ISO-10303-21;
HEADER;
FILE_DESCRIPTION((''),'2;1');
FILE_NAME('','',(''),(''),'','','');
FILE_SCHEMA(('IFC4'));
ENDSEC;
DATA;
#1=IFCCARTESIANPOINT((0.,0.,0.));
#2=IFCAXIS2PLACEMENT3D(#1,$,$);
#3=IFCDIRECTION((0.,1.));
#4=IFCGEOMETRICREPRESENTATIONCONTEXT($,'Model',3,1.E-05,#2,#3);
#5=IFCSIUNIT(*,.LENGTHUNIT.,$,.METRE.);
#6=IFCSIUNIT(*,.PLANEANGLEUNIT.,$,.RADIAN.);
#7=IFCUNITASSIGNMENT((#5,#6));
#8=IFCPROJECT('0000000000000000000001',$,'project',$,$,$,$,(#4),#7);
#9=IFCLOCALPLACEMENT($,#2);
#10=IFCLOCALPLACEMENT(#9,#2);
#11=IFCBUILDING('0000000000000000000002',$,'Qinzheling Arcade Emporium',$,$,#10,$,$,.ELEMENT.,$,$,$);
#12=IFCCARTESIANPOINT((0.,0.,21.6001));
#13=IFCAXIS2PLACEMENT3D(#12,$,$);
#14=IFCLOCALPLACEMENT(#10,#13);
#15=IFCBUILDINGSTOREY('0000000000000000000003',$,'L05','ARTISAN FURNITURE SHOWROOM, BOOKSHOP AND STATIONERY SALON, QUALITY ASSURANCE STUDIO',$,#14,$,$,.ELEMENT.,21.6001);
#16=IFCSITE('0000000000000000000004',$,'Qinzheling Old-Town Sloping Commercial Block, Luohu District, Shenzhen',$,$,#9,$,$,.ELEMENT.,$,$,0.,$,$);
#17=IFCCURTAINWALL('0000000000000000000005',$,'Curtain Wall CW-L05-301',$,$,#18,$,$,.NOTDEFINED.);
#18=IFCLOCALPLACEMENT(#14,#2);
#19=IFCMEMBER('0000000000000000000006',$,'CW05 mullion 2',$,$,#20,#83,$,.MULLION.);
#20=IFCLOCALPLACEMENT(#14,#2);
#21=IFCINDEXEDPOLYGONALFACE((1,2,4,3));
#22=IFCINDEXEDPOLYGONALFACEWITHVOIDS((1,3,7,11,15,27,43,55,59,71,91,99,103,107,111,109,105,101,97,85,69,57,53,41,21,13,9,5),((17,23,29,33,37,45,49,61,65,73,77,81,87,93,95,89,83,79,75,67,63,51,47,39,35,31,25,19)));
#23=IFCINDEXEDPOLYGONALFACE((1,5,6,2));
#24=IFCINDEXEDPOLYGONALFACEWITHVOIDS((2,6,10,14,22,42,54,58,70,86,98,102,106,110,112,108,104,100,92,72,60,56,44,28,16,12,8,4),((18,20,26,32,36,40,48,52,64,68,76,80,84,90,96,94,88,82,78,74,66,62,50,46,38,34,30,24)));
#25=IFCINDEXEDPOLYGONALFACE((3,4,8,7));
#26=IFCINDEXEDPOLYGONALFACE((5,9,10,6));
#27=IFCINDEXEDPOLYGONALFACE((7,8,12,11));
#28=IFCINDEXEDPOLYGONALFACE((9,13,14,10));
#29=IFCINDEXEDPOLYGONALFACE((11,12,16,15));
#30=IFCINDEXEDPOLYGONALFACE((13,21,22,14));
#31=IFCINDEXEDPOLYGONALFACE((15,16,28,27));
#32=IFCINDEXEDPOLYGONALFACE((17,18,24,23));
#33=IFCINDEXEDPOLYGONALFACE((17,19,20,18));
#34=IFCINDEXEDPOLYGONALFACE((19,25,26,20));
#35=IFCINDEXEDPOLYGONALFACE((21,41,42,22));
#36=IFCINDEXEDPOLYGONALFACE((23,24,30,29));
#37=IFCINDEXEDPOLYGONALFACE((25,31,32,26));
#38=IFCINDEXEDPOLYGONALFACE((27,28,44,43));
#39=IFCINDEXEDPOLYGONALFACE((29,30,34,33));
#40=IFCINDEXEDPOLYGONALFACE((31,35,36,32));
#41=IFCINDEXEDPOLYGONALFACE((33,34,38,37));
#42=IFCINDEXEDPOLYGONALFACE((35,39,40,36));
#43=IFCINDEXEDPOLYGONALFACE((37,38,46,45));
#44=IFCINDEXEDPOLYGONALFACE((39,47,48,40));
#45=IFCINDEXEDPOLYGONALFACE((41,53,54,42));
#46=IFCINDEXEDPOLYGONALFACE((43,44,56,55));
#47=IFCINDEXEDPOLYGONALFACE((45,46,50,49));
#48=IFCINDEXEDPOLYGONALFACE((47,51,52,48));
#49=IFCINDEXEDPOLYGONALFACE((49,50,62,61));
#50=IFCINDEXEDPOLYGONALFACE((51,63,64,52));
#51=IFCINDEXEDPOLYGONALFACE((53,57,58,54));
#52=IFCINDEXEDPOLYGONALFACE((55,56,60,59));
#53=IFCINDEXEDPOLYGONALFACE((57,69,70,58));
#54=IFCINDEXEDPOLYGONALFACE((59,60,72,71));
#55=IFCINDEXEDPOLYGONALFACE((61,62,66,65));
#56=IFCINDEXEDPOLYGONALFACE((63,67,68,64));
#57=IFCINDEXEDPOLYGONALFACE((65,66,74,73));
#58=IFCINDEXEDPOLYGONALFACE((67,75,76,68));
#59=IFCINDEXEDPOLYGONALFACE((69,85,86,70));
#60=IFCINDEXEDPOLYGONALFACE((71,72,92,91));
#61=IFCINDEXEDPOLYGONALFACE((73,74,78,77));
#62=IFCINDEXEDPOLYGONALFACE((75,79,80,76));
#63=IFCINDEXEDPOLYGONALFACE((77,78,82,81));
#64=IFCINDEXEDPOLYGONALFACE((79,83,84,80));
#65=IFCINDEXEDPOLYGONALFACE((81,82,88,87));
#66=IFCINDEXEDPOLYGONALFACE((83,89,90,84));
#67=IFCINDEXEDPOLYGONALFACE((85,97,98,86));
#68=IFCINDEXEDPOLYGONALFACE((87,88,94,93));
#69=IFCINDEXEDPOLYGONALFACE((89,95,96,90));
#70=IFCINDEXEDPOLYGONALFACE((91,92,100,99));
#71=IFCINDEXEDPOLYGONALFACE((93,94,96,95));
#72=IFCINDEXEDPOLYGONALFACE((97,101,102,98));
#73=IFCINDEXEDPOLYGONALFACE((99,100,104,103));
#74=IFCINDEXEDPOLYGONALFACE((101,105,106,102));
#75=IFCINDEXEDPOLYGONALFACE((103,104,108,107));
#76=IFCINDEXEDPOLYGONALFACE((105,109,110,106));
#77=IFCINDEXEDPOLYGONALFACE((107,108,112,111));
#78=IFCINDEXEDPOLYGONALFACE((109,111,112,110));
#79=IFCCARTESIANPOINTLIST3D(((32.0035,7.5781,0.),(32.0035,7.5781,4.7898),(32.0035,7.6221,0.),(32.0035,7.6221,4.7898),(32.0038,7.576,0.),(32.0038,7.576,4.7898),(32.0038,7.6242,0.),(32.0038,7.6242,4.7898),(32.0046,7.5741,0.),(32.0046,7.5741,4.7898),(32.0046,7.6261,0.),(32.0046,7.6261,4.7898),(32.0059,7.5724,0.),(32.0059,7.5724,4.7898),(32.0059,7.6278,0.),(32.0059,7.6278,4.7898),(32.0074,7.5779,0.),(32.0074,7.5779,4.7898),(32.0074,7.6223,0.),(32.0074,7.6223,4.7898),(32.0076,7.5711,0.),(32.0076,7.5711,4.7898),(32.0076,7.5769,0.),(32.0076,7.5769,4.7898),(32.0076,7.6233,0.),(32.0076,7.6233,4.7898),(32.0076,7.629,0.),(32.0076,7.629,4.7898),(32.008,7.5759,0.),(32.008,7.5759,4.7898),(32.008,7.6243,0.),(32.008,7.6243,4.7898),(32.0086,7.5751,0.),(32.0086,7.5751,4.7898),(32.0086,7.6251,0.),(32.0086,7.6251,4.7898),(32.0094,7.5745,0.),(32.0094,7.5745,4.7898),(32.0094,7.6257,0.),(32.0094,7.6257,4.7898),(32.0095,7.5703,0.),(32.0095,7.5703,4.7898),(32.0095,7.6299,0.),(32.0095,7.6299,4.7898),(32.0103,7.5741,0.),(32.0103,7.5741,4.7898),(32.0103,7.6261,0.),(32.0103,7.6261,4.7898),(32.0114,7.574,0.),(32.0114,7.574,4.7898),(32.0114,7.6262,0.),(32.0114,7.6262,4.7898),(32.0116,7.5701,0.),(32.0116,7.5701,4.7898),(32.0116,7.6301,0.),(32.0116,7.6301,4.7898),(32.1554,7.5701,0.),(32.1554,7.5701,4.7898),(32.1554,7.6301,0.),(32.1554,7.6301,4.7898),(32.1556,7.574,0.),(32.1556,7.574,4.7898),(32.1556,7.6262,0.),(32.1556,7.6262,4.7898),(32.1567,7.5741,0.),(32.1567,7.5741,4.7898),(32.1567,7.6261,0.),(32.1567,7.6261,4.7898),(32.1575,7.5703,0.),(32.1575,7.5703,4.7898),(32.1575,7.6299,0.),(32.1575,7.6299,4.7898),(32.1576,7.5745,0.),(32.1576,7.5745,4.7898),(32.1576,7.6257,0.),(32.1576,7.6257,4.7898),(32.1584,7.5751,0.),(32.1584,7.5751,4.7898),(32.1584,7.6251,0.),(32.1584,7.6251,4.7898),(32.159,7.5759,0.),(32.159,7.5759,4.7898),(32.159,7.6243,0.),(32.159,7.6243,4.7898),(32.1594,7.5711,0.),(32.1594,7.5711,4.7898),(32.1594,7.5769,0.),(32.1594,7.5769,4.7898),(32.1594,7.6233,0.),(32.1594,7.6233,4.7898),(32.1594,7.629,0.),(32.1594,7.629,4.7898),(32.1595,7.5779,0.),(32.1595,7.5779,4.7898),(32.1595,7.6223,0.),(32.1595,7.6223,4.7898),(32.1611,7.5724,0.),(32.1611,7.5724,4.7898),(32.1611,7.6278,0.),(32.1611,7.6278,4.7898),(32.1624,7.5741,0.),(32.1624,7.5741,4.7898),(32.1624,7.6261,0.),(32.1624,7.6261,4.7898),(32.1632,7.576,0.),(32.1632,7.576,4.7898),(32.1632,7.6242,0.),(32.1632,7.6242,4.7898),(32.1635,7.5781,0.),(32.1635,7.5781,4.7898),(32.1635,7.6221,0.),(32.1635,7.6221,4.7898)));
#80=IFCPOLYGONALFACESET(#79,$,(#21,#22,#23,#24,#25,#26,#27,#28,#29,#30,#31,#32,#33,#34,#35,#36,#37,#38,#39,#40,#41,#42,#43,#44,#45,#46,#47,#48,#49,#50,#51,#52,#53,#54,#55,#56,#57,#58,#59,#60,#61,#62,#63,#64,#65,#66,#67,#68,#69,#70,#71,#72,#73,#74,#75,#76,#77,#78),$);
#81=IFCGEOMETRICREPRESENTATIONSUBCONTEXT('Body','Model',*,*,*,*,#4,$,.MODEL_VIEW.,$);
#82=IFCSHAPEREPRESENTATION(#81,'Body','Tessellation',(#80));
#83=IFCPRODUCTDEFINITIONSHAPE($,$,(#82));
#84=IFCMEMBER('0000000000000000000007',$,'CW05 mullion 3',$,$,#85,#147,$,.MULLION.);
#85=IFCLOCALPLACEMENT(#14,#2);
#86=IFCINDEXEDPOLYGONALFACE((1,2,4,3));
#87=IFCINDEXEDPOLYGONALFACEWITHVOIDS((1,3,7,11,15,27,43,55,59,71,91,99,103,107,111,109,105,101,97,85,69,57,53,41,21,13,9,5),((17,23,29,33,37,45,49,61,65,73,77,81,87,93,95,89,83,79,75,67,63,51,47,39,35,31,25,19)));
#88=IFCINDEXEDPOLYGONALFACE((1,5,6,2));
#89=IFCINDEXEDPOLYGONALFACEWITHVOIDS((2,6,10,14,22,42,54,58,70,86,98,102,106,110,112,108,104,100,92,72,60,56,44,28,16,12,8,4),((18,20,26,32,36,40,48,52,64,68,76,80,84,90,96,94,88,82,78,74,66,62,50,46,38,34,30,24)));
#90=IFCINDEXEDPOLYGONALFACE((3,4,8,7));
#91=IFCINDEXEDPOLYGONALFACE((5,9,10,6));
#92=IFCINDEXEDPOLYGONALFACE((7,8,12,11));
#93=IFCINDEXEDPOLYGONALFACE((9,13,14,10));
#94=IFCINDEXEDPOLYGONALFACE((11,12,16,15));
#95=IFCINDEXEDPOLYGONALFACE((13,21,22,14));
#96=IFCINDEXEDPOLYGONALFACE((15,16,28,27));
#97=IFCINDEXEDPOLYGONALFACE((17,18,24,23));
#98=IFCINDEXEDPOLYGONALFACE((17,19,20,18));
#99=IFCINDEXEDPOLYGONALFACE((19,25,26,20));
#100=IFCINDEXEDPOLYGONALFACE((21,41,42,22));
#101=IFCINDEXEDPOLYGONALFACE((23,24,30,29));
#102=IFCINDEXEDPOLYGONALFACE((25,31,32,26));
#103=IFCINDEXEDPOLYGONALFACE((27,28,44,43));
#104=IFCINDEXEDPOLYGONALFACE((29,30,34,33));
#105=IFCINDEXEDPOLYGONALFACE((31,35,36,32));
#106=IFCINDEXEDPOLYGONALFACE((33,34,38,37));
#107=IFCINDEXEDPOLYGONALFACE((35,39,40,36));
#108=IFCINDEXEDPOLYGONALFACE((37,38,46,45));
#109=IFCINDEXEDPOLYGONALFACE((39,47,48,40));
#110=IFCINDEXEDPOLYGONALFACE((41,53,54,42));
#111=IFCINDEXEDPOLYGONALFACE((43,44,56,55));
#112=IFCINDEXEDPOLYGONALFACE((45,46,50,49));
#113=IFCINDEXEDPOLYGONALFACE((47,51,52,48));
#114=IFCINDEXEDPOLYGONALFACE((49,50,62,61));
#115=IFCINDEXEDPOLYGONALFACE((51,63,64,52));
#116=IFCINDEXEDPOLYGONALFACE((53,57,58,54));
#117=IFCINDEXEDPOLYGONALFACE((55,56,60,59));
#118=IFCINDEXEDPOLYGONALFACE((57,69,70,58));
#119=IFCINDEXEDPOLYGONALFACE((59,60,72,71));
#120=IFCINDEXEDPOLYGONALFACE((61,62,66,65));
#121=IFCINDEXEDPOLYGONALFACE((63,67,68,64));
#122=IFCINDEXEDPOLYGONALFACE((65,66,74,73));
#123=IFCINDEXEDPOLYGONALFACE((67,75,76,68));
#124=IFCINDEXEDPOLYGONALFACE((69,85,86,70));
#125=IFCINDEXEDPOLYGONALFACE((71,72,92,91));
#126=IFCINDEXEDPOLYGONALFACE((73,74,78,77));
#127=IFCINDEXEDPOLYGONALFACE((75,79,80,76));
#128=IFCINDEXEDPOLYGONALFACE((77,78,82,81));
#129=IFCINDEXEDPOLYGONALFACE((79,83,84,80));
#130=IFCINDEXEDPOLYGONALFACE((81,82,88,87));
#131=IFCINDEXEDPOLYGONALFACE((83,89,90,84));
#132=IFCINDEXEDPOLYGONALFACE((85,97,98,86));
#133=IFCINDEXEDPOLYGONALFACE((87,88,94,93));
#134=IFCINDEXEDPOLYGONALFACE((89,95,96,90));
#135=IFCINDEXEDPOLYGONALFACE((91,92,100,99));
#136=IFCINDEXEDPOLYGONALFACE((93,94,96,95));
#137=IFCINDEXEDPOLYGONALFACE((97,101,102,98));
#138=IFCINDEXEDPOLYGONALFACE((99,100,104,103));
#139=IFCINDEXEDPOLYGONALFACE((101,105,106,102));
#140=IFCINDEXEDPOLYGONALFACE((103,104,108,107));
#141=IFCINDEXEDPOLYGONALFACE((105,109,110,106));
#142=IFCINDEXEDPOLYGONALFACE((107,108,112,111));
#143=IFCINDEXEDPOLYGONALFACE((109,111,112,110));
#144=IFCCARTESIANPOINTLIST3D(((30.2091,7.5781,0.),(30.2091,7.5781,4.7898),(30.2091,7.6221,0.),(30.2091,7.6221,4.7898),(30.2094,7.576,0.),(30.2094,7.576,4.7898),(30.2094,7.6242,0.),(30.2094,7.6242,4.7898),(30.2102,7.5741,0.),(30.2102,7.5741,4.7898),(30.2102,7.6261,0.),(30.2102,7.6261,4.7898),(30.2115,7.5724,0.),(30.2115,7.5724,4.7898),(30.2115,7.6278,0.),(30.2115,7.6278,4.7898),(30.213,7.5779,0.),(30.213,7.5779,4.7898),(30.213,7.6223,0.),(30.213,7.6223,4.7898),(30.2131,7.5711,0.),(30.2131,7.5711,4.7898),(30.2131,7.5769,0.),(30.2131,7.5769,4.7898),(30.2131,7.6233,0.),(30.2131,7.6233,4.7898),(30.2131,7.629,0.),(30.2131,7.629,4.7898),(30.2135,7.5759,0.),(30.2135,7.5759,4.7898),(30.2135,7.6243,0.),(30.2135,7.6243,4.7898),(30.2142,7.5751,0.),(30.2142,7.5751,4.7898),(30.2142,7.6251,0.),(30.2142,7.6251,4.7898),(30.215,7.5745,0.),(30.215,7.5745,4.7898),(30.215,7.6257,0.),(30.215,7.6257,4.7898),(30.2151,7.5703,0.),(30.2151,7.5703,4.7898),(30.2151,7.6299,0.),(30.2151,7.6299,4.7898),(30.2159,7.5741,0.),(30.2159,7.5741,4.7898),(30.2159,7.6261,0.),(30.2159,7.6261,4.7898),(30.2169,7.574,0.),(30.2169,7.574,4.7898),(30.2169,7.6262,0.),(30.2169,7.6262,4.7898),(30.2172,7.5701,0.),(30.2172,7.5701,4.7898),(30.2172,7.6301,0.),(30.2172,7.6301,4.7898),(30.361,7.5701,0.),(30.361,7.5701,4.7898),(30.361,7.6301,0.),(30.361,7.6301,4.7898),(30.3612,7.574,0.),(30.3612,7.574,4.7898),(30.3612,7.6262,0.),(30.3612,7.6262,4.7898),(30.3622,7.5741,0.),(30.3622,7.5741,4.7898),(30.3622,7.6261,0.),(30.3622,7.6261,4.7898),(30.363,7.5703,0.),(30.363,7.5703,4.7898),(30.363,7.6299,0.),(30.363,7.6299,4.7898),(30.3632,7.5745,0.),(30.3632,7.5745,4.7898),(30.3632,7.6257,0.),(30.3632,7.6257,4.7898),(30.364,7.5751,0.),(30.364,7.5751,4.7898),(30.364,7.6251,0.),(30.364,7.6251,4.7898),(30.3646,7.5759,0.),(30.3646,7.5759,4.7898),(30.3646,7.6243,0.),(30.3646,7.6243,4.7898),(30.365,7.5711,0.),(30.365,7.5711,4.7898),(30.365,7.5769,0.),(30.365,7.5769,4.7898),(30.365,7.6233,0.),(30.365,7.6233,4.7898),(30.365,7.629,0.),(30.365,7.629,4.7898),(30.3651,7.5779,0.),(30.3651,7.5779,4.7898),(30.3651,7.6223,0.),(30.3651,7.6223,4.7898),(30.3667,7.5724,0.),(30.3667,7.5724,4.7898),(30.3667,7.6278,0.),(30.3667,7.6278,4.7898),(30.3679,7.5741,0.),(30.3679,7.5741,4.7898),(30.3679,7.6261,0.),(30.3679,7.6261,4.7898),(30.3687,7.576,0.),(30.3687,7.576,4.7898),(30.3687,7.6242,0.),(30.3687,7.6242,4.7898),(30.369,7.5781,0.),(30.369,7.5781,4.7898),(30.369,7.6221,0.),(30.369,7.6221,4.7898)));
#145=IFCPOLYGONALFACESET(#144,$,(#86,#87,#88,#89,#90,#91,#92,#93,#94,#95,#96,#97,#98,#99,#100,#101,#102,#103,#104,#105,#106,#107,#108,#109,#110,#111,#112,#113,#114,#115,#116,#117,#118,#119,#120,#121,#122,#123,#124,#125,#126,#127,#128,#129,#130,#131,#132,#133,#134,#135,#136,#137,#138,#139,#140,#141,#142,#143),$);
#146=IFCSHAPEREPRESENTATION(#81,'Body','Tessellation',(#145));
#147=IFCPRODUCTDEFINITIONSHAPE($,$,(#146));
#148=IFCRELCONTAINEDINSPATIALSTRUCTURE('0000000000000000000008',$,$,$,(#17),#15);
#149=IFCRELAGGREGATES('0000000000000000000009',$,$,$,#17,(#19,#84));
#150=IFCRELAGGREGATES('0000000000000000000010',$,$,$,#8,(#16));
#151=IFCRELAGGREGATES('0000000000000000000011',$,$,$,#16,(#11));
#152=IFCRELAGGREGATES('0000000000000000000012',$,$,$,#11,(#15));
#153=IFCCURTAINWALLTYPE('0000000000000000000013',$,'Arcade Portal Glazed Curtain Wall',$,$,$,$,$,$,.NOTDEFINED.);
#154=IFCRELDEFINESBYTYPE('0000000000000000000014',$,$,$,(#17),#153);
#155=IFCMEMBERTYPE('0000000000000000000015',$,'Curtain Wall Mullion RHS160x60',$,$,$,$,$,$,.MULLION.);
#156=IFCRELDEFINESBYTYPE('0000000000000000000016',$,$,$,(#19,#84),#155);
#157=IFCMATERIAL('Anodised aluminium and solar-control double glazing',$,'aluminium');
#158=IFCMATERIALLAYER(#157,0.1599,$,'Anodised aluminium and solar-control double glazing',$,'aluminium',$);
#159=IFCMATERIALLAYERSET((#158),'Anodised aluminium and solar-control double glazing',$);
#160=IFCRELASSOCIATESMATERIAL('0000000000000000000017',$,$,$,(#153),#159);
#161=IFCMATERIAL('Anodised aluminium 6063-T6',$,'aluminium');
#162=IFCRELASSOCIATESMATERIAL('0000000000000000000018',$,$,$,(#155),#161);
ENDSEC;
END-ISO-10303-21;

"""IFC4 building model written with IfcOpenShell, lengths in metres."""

from ifc_helpers import new_model, si_unit, direction, frame, origin, origin_2d, place, context, subcontext, project, spatial, hollow_rectangle, extrude, material, layer, layer_set, material_profile, profile_set, type_object, element, aggregate, save


model = new_model("IFC4")

# Units and contexts
model_context = context("Model", 3, precision=1e-05, world=origin(), true_north=direction((0.0, 1.0)))
body_context = subcontext(model_context, "Body", "Model", "MODEL_VIEW")
ifc_project = project(units=[si_unit("LENGTHUNIT", "METRE"), si_unit("PLANEANGLEUNIT", "RADIAN")], contexts=[model_context])

# Site, building, storey
site_placement = place(None, origin())
site = spatial("IfcSite", under=ifc_project, at=site_placement, Name="Qinzheling Old-Town Sloping Commercial Block, Luohu District, Shenzhen", CompositionType="ELEMENT", RefElevation=0.0)
building_placement = place(site_placement, origin())
building = spatial("IfcBuilding", under=site, at=building_placement, Name="Qinzheling Arcade Emporium", CompositionType="ELEMENT")
storey_placement = place(building_placement, frame((0.0, 0.0, 21.6001)))
storey = spatial("IfcBuildingStorey", under=building, at=storey_placement, Name="L05", Description="ARTISAN FURNITURE SHOWROOM, BOOKSHOP AND STATIONERY SALON, QUALITY ASSURANCE STUDIO", CompositionType="ELEMENT", Elevation=21.6001)

# Shared definitions
ifc_material_1 = material(Name="Anodised aluminium and solar-control double glazing", Category="aluminium")
ifc_layer_1 = layer(ifc_material_1, 0.1599, Name="Anodised aluminium and solar-control double glazing", Category="aluminium")
ifc_layer_set_1 = layer_set([ifc_layer_1], Name="Anodised aluminium and solar-control double glazing")
curtain_wall_type = type_object("IfcCurtainWallType", Name="Arcade Portal Glazed Curtain Wall", PredefinedType="NOTDEFINED", material=ifc_layer_set_1)
ifc_material_2 = material(Name="Anodised aluminium 6063-T6", Category="aluminium")
ifc_material_profile_1 = material_profile(ifc_material_2, hollow_rectangle(XDim=0.0601, YDim=0.1599, WallThickness=0.0039, InnerFilletRadius=0.0039, OuterFilletRadius=0.0081, at=origin_2d()), Name="RHS 160x60x4", Category="aluminium")
ifc_profile_set_1 = profile_set([ifc_material_profile_1], Name="Anodised aluminium 6063-T6")
member_type_1 = type_object("IfcMemberType", Name="Curtain Wall Mullion RHS160x60", PredefinedType="MULLION", material=ifc_profile_set_1)

# Curtain wall, members
curtain_wall_1_placement = place(storey_placement, origin())
curtain_wall_1 = element("IfcCurtainWall", 1, at=curtain_wall_1_placement, inside=storey, type_object=curtain_wall_type, Name="Curtain Wall CW-L05-301", PredefinedType="NOTDEFINED")
member_1_placement = place(storey_placement, frame((32.0835, 7.6001, 0.0), z_axis=(0.0, 0.0, 1.0), x_axis=(0.0, -1.0, 0.0)))
member_1 = element("IfcMember", 2, at=member_1_placement, type_object=member_type_1, Name="CW05 mullion 2", PredefinedType="MULLION", context=body_context, shape_type="SweptSolid", body=[
    extrude(hollow_rectangle(XDim=0.0601, YDim=0.1599, WallThickness=0.0039, InnerFilletRadius=0.0039, OuterFilletRadius=0.0081, at=origin_2d()), origin(), (0.0, 0.0, 1.0), 4.7898),
])
member_2_placement = place(storey_placement, frame((30.2891, 7.6001, 0.0), z_axis=(0.0, 0.0, 1.0), x_axis=(0.0, -1.0, 0.0)))
member_2 = element("IfcMember", 3, at=member_2_placement, type_object=member_type_1, Name="CW05 mullion 3", PredefinedType="MULLION", context=body_context, shape_type="SweptSolid", body=[
    extrude(hollow_rectangle(XDim=0.0601, YDim=0.1599, WallThickness=0.0039, InnerFilletRadius=0.0039, OuterFilletRadius=0.0081, at=origin_2d()), origin(), (0.0, 0.0, 1.0), 4.7898),
])

aggregate(curtain_wall_1, [member_1, member_2])

save(model, "model.ifc")
